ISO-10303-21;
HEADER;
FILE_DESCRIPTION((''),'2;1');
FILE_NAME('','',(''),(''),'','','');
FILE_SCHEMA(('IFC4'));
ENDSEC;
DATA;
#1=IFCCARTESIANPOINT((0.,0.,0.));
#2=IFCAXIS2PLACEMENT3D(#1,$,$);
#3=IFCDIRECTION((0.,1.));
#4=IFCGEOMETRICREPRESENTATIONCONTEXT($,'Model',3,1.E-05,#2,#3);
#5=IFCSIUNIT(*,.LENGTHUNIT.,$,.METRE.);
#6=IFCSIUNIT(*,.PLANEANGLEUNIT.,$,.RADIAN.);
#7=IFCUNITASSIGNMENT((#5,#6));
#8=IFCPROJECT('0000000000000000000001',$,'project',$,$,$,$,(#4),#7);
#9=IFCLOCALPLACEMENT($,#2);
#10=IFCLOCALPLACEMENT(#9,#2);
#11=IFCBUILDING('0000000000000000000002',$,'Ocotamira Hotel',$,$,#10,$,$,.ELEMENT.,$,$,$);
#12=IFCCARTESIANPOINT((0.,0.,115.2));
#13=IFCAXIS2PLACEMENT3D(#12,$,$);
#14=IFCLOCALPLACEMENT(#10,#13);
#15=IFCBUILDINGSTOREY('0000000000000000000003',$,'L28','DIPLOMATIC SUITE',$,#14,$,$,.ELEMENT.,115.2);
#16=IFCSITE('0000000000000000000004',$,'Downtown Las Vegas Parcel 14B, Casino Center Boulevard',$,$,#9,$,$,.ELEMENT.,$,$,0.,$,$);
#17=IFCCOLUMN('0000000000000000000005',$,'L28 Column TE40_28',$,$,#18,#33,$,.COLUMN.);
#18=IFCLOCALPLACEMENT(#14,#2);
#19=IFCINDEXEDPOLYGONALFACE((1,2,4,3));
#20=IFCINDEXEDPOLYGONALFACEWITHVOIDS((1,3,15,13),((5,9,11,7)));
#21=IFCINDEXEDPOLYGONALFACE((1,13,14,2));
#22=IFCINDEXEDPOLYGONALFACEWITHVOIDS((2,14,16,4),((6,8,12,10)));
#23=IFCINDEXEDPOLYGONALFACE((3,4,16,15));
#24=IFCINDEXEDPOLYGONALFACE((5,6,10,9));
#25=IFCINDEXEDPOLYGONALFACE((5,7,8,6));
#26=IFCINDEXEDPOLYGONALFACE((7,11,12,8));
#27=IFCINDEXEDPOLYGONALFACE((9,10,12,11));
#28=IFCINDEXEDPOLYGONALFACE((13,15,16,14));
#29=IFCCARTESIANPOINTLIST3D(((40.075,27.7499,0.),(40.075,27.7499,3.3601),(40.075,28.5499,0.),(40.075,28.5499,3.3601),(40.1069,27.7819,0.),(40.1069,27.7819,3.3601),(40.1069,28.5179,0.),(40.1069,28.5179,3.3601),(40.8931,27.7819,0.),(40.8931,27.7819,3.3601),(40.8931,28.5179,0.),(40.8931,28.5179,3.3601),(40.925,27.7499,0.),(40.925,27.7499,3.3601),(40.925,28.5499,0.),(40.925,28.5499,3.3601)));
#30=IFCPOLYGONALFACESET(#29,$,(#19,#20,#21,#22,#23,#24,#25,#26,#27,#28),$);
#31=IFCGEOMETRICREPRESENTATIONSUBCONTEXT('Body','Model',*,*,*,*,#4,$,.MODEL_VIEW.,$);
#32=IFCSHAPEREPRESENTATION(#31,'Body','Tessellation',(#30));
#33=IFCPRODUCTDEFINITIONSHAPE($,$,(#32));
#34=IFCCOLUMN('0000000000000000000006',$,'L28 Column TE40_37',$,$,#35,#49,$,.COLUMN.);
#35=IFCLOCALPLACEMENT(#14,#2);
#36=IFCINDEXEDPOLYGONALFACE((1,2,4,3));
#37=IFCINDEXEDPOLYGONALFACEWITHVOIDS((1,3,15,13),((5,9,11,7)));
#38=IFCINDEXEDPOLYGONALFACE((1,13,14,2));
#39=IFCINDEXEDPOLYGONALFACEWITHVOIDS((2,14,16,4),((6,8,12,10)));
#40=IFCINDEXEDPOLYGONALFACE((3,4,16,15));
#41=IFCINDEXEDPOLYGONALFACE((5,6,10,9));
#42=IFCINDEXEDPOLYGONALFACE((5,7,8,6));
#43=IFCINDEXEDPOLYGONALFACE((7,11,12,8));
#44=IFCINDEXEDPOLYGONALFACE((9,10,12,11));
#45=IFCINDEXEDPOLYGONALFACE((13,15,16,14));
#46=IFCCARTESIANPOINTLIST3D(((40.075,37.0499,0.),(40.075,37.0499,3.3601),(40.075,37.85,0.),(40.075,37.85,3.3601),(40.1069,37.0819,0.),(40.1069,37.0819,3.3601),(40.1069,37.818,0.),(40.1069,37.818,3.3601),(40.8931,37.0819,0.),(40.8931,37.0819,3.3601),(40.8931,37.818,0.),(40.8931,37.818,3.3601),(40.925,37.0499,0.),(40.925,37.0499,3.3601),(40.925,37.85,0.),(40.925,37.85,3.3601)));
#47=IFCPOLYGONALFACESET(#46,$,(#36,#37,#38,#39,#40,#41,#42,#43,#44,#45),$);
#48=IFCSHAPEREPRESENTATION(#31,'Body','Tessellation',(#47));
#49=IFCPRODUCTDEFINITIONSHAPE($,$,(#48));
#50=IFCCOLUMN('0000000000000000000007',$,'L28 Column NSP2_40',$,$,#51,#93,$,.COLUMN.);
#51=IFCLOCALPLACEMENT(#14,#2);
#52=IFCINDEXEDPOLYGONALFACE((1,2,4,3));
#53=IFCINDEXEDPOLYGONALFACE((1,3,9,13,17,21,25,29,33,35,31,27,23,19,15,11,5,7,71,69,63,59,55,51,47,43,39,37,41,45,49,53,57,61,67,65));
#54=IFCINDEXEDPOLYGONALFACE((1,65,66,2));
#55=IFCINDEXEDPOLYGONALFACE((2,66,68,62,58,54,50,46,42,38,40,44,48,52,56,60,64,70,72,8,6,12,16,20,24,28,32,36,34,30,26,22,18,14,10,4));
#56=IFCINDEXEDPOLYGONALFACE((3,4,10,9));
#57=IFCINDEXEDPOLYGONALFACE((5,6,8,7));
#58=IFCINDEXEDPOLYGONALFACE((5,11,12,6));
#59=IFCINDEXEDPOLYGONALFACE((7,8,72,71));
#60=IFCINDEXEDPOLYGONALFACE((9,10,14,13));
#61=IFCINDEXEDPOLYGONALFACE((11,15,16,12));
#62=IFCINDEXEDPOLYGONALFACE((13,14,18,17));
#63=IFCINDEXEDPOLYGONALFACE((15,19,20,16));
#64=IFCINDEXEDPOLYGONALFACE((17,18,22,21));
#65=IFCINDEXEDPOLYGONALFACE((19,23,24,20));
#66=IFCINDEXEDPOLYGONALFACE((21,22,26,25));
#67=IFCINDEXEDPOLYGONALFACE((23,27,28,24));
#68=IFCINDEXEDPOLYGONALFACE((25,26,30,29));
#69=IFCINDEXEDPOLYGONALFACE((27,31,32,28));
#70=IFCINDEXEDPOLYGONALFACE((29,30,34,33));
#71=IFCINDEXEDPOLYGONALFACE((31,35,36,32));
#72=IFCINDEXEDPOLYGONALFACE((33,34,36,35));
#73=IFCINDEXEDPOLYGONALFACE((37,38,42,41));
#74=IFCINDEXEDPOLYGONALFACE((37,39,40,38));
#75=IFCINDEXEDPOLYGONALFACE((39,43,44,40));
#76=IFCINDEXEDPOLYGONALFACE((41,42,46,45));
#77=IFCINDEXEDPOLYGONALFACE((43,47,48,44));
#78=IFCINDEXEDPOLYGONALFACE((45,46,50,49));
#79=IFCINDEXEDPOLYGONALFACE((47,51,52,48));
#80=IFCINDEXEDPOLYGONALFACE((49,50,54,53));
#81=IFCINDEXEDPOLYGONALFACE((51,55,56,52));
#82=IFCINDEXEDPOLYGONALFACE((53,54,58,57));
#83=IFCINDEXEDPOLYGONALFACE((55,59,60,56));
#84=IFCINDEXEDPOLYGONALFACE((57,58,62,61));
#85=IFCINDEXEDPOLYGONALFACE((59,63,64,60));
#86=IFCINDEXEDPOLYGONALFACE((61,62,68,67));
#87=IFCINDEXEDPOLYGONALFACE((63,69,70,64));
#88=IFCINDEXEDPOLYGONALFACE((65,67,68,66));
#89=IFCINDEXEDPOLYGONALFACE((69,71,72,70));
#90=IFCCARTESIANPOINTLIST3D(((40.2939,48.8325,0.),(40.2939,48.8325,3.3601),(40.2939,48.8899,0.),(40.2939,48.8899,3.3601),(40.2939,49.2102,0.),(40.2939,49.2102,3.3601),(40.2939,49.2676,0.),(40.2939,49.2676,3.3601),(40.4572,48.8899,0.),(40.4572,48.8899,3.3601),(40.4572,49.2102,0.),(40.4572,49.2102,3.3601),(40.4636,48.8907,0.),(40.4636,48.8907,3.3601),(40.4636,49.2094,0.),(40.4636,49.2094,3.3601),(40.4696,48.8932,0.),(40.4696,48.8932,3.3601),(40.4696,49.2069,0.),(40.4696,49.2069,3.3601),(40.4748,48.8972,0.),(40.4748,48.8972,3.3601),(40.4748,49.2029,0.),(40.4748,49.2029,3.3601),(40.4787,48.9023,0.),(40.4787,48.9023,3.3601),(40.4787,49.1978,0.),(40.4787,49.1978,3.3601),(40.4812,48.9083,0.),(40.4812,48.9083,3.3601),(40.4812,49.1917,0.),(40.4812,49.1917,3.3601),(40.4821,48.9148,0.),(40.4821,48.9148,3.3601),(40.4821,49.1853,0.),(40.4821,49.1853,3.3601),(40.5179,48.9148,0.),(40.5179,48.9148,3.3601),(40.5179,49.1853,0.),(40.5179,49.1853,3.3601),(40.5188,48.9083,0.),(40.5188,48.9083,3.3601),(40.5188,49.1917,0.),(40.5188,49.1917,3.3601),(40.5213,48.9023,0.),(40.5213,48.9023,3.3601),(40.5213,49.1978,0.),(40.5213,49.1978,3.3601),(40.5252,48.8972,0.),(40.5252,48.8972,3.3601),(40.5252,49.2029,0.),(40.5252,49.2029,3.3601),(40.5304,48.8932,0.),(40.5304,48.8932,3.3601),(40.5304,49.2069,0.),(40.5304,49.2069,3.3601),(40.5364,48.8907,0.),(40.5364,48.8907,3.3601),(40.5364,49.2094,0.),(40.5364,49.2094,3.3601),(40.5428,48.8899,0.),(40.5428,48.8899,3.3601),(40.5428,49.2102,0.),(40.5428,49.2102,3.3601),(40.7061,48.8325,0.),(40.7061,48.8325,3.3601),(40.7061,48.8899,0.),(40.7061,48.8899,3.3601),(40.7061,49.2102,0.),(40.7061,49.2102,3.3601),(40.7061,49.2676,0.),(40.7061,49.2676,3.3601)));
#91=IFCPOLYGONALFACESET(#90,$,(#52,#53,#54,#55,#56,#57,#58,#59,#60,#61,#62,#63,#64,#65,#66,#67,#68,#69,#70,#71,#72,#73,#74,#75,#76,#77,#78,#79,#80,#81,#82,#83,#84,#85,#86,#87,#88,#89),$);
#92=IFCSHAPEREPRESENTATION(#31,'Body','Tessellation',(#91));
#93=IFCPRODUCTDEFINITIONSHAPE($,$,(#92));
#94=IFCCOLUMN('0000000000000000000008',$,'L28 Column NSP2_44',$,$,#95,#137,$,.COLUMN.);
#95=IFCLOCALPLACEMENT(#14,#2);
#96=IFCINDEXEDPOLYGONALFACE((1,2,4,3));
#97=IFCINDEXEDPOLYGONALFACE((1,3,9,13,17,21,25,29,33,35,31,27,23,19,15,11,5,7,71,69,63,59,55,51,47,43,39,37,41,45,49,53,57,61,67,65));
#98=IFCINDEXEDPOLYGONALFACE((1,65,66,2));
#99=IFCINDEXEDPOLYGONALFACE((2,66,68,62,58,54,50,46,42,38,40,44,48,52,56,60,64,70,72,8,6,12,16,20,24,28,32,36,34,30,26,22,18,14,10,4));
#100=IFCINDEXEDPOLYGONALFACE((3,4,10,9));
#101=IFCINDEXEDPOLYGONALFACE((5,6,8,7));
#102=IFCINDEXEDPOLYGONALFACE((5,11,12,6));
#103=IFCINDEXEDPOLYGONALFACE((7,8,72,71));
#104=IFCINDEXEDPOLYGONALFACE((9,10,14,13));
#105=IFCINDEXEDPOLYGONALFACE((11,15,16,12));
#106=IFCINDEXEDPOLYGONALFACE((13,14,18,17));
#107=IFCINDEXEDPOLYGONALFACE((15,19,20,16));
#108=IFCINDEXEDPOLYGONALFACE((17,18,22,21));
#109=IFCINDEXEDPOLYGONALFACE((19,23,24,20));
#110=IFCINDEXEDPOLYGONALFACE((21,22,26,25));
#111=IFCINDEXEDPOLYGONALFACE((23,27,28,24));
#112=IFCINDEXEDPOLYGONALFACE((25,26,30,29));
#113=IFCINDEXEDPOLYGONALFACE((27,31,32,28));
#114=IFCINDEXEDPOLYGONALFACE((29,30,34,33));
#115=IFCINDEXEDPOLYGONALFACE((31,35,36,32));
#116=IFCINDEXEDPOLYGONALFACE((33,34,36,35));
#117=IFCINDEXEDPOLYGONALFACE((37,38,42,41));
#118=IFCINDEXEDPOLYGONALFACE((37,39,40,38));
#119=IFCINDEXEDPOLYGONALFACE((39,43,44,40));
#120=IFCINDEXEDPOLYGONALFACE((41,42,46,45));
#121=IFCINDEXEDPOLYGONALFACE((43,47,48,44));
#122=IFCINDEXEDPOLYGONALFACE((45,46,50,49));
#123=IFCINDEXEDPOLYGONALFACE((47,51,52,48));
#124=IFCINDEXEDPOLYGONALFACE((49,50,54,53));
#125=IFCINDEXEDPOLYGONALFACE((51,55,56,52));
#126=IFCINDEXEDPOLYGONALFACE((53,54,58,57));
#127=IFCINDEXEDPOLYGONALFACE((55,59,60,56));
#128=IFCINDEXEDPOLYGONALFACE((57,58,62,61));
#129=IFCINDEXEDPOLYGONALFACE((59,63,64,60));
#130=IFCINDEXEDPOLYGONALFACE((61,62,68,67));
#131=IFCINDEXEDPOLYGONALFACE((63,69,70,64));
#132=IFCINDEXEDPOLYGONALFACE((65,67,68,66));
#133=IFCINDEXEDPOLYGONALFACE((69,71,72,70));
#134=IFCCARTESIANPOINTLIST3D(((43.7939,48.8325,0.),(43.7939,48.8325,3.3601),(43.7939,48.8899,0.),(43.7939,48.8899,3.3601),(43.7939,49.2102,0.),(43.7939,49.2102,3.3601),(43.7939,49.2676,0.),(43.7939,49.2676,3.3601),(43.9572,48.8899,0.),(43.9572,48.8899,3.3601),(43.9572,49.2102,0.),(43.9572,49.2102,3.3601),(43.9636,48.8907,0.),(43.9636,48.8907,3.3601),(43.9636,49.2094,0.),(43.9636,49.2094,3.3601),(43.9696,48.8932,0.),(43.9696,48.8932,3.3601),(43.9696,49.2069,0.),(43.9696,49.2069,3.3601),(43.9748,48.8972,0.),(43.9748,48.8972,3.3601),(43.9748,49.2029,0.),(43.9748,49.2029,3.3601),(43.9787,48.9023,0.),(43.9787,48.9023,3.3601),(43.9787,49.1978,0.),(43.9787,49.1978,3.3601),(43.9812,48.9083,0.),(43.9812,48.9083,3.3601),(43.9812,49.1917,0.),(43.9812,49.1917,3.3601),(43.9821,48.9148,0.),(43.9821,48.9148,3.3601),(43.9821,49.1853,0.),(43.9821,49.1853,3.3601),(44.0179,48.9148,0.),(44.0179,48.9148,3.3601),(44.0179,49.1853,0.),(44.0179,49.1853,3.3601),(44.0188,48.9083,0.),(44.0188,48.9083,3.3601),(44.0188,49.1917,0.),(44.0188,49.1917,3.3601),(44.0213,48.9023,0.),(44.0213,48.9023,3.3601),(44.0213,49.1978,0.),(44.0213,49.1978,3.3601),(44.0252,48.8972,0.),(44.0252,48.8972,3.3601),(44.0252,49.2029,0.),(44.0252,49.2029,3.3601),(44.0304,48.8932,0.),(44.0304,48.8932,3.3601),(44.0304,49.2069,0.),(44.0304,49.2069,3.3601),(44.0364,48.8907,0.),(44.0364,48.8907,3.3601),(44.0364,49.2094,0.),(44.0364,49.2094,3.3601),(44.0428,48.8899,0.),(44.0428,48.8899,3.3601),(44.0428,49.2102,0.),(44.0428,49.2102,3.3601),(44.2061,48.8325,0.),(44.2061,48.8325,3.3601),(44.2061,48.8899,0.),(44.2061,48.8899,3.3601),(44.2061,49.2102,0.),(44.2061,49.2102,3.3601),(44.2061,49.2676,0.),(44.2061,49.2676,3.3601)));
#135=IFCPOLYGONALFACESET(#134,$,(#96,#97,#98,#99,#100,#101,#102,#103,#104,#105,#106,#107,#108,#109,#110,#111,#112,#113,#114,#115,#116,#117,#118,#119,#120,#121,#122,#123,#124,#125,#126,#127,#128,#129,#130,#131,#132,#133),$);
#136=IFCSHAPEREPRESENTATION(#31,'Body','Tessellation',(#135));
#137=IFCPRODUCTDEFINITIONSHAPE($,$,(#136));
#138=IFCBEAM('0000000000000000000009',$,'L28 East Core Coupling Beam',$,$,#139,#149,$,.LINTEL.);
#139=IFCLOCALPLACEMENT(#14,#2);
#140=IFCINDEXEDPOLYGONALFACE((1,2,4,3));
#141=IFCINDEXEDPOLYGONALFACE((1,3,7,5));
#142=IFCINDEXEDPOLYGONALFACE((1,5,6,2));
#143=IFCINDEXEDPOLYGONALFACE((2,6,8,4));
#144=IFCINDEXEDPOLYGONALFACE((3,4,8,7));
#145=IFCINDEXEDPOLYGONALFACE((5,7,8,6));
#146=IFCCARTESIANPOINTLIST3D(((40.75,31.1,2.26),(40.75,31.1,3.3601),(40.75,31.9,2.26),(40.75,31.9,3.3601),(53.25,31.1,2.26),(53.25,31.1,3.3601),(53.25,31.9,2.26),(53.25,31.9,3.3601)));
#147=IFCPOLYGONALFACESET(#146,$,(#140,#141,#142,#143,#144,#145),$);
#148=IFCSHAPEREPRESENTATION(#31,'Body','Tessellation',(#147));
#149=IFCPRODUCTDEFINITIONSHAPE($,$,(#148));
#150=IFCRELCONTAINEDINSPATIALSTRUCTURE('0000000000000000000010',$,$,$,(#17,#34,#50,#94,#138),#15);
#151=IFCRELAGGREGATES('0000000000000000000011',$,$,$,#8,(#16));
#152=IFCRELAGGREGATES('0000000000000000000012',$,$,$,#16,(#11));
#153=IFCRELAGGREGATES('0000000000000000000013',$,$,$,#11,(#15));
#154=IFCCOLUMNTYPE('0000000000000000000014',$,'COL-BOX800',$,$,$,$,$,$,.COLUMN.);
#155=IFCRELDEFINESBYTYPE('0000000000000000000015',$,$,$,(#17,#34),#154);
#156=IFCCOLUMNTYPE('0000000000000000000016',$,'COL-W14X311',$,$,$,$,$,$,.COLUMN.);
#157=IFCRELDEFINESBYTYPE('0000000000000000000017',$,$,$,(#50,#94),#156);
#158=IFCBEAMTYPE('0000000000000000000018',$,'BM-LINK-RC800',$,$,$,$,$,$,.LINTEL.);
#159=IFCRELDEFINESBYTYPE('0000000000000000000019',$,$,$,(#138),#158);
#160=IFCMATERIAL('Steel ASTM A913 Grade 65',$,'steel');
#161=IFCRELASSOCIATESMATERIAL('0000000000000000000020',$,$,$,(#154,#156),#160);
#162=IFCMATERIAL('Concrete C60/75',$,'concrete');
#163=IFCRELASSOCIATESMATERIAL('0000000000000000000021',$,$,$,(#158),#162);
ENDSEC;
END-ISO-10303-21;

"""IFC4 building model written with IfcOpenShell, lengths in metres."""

from ifc_helpers import new_model, si_unit, direction, frame, origin, origin_2d, place, context, subcontext, project, spatial, rectangle, hollow_rectangle, i_section, extrude, source, transform, mapped, material, material_profile, profile_set, type_object, element, save


model = new_model("IFC4")

# Units and contexts
model_context = context("Model", 3, precision=1e-05, world=origin(), true_north=direction((0.0, 1.0)))
body_context = subcontext(model_context, "Body", "Model", "MODEL_VIEW")
ifc_project = project(units=[si_unit("LENGTHUNIT", "METRE"), si_unit("PLANEANGLEUNIT", "RADIAN")], contexts=[model_context])

# Site, building, storey
site_placement = place(None, origin())
site = spatial("IfcSite", under=ifc_project, at=site_placement, Name="Downtown Las Vegas Parcel 14B, Casino Center Boulevard", CompositionType="ELEMENT", RefElevation=0.0)
building_placement = place(site_placement, origin())
building = spatial("IfcBuilding", under=site, at=building_placement, Name="Ocotamira Hotel", CompositionType="ELEMENT")
storey_placement = place(building_placement, frame((0.0, 0.0, 115.2)))
storey = spatial("IfcBuildingStorey", under=building, at=storey_placement, Name="L28", Description="DIPLOMATIC SUITE", CompositionType="ELEMENT", Elevation=115.2)

# Columns
ifc_material_1 = material(Name="Steel ASTM A913 Grade 65", Category="steel")
ifc_material_profile_1 = material_profile(ifc_material_1, hollow_rectangle(XDim=0.8501, YDim=0.8, WallThickness=0.032, at=origin_2d()), Name="BOX800X850X32")
ifc_profile_set_1 = profile_set([ifc_material_profile_1], Name="Steel ASTM A913 Grade 65")
column_type_1 = type_object("IfcColumnType", Name="COL-BOX800", PredefinedType="COLUMN", material=ifc_profile_set_1)
shared_shape_1 = source(origin(), body_context, "Body", "SweptSolid", [
    extrude(hollow_rectangle(XDim=0.8501, YDim=0.8, WallThickness=0.032, at=origin_2d()), origin(), (0.0, 0.0, 1.0), 3.3601),
])
for number, where, z_axis, x_axis, name in (
    (1, (40.5, 28.1499, 0.0), (0.0, 0.0, 1.0), (1.0, 0.0, 0.0), "L28 Column TE40_28"),
    (2, (40.5, 37.45, 0.0), (0.0, 0.0, 1.0), (1.0, 0.0, 0.0), "L28 Column TE40_37"),
):
    element("IfcColumn", number, at=place(storey_placement, frame(where, z_axis=z_axis, x_axis=x_axis)), inside=storey, type_object=column_type_1, Name=name, PredefinedType="COLUMN", context=body_context, shape_type="MappedRepresentation", body=[
        mapped(shared_shape_1, transform((0.0, 0.0, 0.0), scale=1.0)),
    ])
ifc_material_profile_2 = material_profile(ifc_material_1, i_section(OverallWidth=0.4121, OverallDepth=0.4351, WebThickness=0.0359, FlangeThickness=0.0574, FilletRadius=0.0249, at=origin_2d()), Name="W14X311")
ifc_profile_set_2 = profile_set([ifc_material_profile_2], Name="Steel ASTM A913 Grade 65")
column_type_2 = type_object("IfcColumnType", Name="COL-W14X311", PredefinedType="COLUMN", material=ifc_profile_set_2)
shared_shape_2 = source(origin(), body_context, "Body", "SweptSolid", [
    extrude(i_section(OverallWidth=0.4121, OverallDepth=0.4351, WebThickness=0.0359, FlangeThickness=0.0574, FilletRadius=0.0249, at=origin_2d()), origin(), (0.0, 0.0, 1.0), 3.3601),
])
for number, where, z_axis, x_axis, name in (
    (3, (40.5, 49.05, 0.0), (0.0, 0.0, 1.0), (1.0, 0.0, 0.0), "L28 Column NSP2_40"),
    (4, (44.0, 49.05, 0.0), (0.0, 0.0, 1.0), (1.0, 0.0, 0.0), "L28 Column NSP2_44"),
):
    element("IfcColumn", number, at=place(storey_placement, frame(where, z_axis=z_axis, x_axis=x_axis)), inside=storey, type_object=column_type_2, Name=name, PredefinedType="COLUMN", context=body_context, shape_type="MappedRepresentation", body=[
        mapped(shared_shape_2, transform((0.0, 0.0, 0.0), scale=1.0)),
    ])

# Beam
ifc_material_2 = material(Name="Concrete C60/75", Category="concrete")
ifc_material_profile_3 = material_profile(ifc_material_2, rectangle(XDim=0.8, YDim=1.1001, at=origin_2d()), Name="RC800X1100")
ifc_profile_set_3 = profile_set([ifc_material_profile_3], Name="Concrete C60/75")
beam_type_1 = type_object("IfcBeamType", Name="BM-LINK-RC800", PredefinedType="LINTEL", material=ifc_profile_set_3)
shared_shape_3 = source(origin(), body_context, "Body", "SweptSolid", [
    extrude(rectangle(XDim=0.8, YDim=1.1001, at=origin_2d()), origin(), (0.0, 0.0, 1.0), 12.5),
])
beam_1_placement = place(storey_placement, frame((40.75, 31.5, 2.8101), z_axis=(1.0, 0.0, 0.0), x_axis=(0.0, 1.0, 0.0)))
element("IfcBeam", 5, at=beam_1_placement, inside=storey, type_object=beam_type_1, Name="L28 East Core Coupling Beam", PredefinedType="LINTEL", context=body_context, shape_type="MappedRepresentation", body=[
    mapped(shared_shape_3, transform((0.0, 0.0, 0.0), scale=1.0)),
])

save(model, "model.ifc")
